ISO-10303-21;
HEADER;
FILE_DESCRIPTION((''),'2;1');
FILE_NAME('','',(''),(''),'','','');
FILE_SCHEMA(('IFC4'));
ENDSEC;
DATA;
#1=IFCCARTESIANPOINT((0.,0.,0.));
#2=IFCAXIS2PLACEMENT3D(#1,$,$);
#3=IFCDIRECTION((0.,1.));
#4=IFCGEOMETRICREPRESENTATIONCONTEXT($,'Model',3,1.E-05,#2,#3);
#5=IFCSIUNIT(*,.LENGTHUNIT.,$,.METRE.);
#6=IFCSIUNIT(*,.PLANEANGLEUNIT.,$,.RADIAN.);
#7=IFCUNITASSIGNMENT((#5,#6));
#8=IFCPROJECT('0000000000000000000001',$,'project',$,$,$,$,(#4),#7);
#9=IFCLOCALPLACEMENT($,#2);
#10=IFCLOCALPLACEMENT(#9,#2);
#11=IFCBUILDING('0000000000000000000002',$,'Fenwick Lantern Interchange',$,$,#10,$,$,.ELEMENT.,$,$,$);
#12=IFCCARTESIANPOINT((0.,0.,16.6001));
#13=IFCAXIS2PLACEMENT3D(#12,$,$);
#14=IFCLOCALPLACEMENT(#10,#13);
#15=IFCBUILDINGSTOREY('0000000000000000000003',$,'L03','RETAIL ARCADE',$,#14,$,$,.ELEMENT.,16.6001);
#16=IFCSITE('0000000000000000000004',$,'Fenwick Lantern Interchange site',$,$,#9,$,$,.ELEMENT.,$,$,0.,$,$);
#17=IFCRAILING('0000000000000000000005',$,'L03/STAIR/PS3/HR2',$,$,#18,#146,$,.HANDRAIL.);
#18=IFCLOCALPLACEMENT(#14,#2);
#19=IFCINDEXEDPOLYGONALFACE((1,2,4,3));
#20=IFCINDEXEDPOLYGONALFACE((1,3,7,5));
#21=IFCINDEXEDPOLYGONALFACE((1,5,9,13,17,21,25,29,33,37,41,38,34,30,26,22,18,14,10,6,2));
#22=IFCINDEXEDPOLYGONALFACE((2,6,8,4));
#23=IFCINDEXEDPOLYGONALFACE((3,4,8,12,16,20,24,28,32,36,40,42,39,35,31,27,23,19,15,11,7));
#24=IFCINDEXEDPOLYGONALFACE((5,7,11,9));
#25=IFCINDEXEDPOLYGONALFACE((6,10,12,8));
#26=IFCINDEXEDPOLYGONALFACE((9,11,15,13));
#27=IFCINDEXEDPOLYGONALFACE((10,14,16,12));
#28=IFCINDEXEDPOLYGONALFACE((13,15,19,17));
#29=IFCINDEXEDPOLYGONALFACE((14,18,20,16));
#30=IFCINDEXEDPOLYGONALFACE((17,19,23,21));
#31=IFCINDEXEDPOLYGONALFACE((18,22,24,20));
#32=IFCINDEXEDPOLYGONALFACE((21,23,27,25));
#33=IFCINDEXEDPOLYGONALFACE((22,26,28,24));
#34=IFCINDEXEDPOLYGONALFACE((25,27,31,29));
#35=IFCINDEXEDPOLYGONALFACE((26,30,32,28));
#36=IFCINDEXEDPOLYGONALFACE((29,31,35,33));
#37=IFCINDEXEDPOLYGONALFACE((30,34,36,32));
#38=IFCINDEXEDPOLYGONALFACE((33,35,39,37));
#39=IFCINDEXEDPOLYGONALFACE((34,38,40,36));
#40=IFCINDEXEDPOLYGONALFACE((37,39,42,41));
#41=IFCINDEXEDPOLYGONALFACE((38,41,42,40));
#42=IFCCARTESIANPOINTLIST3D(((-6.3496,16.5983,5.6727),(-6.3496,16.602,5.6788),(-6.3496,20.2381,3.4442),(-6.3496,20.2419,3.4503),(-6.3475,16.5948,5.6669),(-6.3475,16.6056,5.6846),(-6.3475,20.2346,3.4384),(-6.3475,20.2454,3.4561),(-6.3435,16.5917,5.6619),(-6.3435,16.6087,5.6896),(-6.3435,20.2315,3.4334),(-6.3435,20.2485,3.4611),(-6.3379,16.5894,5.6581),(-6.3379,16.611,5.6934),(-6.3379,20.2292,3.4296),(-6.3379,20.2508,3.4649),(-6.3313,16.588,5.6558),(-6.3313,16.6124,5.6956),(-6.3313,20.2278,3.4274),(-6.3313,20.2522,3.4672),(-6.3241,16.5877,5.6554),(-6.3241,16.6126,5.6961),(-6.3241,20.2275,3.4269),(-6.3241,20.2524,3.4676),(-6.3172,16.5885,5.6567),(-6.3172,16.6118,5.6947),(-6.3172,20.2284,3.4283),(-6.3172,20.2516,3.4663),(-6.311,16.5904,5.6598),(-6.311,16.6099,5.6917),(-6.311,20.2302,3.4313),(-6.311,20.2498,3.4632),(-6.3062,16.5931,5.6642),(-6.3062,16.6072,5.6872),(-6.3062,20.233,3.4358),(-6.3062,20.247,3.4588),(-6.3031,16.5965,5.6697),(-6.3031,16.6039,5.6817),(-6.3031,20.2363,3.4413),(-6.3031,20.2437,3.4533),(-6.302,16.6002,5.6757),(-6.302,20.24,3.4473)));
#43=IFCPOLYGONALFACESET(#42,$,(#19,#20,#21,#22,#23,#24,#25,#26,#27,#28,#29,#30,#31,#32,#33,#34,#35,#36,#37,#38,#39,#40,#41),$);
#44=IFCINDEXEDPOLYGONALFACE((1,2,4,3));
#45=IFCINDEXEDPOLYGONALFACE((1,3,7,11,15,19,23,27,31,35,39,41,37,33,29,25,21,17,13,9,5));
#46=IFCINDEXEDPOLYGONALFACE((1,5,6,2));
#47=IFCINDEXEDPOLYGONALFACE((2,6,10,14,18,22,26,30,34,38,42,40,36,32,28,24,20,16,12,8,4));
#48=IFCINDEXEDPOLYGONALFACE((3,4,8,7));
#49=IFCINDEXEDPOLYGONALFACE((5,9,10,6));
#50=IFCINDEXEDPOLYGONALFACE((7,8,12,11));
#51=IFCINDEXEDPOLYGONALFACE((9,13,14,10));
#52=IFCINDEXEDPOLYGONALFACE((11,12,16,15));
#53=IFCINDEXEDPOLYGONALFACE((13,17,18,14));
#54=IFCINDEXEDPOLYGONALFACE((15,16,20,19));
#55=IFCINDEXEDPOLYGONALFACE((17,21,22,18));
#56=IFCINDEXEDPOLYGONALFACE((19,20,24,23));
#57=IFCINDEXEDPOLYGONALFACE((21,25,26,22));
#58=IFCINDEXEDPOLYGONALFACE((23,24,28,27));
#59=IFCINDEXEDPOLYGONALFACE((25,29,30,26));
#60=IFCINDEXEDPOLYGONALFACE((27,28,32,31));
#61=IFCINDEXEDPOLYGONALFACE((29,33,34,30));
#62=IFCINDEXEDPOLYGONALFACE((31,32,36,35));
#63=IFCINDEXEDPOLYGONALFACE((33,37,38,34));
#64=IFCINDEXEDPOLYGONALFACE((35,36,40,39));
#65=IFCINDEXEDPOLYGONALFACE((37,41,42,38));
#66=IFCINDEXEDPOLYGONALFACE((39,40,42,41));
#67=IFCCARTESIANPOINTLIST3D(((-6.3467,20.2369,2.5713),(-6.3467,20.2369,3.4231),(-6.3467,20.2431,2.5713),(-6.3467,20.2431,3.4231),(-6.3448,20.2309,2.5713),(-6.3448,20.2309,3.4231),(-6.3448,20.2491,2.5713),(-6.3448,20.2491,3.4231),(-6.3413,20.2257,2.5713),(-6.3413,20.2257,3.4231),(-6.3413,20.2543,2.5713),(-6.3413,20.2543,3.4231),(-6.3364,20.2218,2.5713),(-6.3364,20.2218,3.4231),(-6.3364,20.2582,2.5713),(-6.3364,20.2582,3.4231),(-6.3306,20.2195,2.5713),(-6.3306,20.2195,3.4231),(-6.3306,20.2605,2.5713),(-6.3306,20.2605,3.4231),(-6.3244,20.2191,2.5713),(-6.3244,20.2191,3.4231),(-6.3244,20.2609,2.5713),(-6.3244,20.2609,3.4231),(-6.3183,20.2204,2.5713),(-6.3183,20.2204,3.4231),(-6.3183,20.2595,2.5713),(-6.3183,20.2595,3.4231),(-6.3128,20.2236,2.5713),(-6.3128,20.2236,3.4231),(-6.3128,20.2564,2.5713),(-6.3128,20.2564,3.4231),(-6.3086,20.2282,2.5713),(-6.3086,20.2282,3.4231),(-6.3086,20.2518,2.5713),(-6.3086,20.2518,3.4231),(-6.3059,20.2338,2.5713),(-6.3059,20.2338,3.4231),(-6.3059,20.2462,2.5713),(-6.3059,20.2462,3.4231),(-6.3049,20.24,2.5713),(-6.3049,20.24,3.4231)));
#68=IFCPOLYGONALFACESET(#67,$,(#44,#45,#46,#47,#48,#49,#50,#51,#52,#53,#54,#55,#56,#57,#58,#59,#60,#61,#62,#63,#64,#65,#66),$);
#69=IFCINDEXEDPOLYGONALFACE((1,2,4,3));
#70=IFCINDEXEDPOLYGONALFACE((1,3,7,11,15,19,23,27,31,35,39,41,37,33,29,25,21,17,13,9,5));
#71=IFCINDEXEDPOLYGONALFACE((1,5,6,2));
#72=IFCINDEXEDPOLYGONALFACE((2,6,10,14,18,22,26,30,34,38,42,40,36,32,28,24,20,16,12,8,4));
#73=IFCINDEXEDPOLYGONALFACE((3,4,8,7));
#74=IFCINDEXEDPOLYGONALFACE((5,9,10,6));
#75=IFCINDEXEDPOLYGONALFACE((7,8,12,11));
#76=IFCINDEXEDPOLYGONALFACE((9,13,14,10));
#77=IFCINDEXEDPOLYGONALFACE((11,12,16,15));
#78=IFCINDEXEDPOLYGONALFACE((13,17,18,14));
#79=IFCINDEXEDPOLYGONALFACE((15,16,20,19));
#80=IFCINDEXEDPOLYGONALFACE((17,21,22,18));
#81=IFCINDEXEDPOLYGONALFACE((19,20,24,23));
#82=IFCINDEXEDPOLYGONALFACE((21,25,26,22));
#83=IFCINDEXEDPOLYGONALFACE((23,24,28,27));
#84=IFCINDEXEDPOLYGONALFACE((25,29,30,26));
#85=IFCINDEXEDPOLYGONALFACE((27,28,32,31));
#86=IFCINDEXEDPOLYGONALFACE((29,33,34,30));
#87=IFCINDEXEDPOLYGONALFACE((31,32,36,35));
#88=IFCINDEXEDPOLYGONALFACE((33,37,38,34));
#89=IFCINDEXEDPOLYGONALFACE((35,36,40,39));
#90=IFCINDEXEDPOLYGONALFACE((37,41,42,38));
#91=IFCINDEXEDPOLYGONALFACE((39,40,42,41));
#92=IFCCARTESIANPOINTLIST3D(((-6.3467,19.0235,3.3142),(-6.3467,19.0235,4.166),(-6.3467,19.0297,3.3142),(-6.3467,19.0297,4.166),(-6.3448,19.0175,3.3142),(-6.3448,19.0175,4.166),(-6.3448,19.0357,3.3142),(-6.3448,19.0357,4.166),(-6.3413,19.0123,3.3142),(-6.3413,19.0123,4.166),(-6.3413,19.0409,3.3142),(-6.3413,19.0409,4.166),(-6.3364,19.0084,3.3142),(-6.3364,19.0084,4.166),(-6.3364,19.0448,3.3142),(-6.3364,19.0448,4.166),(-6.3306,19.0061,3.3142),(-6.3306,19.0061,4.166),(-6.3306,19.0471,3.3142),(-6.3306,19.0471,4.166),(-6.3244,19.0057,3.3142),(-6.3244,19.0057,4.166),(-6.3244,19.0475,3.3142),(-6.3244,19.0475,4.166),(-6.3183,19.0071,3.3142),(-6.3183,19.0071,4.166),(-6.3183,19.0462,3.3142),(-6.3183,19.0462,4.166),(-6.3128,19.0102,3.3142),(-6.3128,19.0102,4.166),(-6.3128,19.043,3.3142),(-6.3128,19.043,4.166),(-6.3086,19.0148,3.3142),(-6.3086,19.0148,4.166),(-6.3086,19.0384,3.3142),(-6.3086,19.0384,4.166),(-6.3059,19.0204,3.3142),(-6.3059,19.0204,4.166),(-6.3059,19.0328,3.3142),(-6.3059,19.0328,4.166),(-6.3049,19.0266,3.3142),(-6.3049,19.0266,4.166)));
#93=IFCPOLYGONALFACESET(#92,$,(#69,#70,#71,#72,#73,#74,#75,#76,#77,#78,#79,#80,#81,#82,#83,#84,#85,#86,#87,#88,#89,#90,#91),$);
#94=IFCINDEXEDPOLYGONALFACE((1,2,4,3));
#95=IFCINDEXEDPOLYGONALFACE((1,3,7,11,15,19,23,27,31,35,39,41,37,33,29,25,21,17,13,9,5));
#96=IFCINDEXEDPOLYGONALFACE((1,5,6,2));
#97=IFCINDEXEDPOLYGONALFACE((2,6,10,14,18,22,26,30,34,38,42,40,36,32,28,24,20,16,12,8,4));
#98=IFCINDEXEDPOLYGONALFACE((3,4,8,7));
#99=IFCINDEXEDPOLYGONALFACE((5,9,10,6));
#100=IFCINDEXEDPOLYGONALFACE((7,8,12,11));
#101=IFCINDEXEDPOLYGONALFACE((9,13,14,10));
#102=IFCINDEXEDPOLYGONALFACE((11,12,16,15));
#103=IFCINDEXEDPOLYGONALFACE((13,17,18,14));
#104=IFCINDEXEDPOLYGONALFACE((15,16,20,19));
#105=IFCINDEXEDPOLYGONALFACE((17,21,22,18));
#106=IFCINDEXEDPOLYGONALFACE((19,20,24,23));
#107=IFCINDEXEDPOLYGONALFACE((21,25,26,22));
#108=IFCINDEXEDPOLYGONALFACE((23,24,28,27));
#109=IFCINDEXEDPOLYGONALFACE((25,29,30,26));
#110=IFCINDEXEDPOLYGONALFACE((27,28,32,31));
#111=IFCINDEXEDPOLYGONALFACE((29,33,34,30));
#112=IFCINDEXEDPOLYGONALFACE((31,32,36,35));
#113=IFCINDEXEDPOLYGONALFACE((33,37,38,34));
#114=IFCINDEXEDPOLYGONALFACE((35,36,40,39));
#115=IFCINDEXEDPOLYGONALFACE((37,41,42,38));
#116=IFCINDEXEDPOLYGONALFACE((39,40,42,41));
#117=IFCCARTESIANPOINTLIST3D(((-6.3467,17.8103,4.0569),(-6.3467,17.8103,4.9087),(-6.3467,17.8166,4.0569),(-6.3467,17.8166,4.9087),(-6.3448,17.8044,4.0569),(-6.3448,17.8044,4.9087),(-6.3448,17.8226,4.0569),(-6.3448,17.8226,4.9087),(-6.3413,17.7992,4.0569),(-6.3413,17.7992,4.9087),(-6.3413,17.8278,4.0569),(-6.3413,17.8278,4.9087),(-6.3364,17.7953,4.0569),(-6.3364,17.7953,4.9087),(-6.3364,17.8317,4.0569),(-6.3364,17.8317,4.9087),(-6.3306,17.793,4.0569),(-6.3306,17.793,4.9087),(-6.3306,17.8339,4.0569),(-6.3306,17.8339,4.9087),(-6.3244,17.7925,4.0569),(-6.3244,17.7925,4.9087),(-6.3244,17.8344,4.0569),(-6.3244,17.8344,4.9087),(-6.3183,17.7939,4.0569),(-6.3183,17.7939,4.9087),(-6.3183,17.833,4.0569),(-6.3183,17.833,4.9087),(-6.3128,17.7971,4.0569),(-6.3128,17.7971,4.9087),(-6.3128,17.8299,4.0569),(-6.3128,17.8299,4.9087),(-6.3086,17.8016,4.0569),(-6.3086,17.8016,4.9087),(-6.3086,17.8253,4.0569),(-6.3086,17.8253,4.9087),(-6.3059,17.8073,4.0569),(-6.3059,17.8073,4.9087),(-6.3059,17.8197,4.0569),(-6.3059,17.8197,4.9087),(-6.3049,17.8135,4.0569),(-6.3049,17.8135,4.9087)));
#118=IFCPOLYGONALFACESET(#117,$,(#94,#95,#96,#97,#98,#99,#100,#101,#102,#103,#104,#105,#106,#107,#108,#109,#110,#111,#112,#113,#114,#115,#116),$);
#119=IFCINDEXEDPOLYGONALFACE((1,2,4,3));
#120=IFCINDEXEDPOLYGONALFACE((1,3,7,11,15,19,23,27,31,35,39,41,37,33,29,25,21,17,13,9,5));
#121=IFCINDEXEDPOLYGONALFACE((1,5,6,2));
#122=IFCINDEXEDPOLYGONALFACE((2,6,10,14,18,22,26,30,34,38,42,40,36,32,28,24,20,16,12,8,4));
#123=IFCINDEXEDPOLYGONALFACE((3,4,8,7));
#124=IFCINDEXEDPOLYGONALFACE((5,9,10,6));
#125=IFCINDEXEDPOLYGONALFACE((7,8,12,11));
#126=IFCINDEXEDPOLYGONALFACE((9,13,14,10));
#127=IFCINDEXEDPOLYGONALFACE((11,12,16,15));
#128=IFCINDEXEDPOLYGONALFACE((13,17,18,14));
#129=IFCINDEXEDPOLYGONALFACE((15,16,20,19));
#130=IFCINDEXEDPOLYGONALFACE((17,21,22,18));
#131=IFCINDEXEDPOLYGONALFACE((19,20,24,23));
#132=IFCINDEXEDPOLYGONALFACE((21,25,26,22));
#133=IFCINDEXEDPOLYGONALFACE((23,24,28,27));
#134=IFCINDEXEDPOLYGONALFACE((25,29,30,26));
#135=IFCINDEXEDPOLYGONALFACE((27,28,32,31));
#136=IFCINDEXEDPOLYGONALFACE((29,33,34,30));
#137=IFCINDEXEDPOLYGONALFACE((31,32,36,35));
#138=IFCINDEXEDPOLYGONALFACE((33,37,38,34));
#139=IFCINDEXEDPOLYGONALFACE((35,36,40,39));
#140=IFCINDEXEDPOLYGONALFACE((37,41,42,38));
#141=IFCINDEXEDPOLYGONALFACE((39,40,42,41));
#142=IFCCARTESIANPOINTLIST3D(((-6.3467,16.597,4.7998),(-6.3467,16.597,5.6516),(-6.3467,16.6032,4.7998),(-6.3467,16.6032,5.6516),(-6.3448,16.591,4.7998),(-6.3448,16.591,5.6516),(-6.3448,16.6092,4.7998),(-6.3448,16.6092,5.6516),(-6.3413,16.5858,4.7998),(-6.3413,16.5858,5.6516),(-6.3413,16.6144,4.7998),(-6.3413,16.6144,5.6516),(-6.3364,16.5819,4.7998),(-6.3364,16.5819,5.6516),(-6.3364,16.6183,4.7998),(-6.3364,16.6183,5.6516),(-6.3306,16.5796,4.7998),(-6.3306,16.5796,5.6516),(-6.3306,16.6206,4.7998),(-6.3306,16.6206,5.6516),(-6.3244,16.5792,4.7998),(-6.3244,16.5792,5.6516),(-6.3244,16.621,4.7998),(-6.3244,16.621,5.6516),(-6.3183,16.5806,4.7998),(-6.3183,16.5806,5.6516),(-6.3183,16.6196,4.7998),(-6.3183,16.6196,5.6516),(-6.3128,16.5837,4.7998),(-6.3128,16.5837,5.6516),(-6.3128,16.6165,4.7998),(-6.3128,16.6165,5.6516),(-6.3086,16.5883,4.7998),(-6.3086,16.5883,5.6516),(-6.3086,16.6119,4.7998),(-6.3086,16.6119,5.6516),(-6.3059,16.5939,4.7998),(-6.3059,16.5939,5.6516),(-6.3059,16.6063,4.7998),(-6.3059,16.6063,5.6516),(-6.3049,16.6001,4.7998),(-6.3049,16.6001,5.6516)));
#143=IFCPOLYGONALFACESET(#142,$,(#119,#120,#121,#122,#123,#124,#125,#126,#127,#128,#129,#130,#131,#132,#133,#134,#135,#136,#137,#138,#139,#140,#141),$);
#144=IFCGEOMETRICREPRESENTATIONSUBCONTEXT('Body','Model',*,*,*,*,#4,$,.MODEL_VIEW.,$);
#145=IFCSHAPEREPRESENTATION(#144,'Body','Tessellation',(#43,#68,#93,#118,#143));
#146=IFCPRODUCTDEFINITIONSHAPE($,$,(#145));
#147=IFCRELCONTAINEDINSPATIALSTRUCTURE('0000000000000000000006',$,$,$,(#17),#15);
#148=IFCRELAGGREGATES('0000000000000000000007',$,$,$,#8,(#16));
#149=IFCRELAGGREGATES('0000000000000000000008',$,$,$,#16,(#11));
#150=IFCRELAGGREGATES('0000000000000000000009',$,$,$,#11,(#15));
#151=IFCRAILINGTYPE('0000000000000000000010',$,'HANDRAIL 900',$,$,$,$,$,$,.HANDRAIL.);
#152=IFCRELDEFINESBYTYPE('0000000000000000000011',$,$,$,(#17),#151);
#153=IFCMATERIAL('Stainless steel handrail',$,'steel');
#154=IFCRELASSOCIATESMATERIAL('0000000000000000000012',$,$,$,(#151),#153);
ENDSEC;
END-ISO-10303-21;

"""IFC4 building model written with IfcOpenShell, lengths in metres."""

from ifc_helpers import new_model, si_unit, direction, frame, origin, origin_2d, place, context, subcontext, project, spatial, circle, extrude, material, type_object, element, save


model = new_model("IFC4")

# Units and contexts
model_context = context("Model", 3, precision=1e-05, world=origin(), true_north=direction((0.0, 1.0)))
body_context = subcontext(model_context, "Body", "Model", "MODEL_VIEW")
ifc_project = project(units=[si_unit("LENGTHUNIT", "METRE"), si_unit("PLANEANGLEUNIT", "RADIAN")], contexts=[model_context])

# Site, building, storey
site_placement = place(None, origin())
site = spatial("IfcSite", under=ifc_project, at=site_placement, Name="Fenwick Lantern Interchange site", CompositionType="ELEMENT", RefElevation=0.0)
building_placement = place(site_placement, origin())
building = spatial("IfcBuilding", under=site, at=building_placement, Name="Fenwick Lantern Interchange", CompositionType="ELEMENT")
storey_placement = place(building_placement, frame((0.0, 0.0, 16.6001)))
storey = spatial("IfcBuildingStorey", under=building, at=storey_placement, Name="L03", Description="RETAIL ARCADE", CompositionType="ELEMENT", Elevation=16.6001)

# Railing
ifc_material_1 = material(Name="Stainless steel handrail", Category="steel")
railing_type = type_object("IfcRailingType", Name="HANDRAIL 900", PredefinedType="HANDRAIL", material=ifc_material_1)
railing_1_placement = place(storey_placement, frame((-6.3259, 20.24, 2.5713)))
element("IfcRailing", 1, at=railing_1_placement, inside=storey, type_object=railing_type, Name="L03/STAIR/PS3/HR2", PredefinedType="HANDRAIL", context=body_context, shape_type="SweptSolid", body=[
    extrude(circle(Radius=0.0239, at=origin_2d()), frame((0.0, 0.0, 0.876), z_axis=(0.0, -0.85285, 0.522156), x_axis=(1.0, 0.0, 0.0)), (0.0, 0.0, 1.0), 4.2678),
    extrude(circle(Radius=0.021, at=origin_2d()), origin(), (0.0, 0.0, 1.0), 0.8518),
    extrude(circle(Radius=0.021, at=origin_2d()), frame((0.0, -1.2134, 0.7429)), (0.0, 0.0, 1.0), 0.8518),
    extrude(circle(Radius=0.021, at=origin_2d()), frame((0.0, -2.4265, 1.4856)), (0.0, 0.0, 1.0), 0.8518),
    extrude(circle(Radius=0.021, at=origin_2d()), frame((0.0, -3.6399, 2.2285)), (0.0, 0.0, 1.0), 0.8518),
])

save(model, "model.ifc")
